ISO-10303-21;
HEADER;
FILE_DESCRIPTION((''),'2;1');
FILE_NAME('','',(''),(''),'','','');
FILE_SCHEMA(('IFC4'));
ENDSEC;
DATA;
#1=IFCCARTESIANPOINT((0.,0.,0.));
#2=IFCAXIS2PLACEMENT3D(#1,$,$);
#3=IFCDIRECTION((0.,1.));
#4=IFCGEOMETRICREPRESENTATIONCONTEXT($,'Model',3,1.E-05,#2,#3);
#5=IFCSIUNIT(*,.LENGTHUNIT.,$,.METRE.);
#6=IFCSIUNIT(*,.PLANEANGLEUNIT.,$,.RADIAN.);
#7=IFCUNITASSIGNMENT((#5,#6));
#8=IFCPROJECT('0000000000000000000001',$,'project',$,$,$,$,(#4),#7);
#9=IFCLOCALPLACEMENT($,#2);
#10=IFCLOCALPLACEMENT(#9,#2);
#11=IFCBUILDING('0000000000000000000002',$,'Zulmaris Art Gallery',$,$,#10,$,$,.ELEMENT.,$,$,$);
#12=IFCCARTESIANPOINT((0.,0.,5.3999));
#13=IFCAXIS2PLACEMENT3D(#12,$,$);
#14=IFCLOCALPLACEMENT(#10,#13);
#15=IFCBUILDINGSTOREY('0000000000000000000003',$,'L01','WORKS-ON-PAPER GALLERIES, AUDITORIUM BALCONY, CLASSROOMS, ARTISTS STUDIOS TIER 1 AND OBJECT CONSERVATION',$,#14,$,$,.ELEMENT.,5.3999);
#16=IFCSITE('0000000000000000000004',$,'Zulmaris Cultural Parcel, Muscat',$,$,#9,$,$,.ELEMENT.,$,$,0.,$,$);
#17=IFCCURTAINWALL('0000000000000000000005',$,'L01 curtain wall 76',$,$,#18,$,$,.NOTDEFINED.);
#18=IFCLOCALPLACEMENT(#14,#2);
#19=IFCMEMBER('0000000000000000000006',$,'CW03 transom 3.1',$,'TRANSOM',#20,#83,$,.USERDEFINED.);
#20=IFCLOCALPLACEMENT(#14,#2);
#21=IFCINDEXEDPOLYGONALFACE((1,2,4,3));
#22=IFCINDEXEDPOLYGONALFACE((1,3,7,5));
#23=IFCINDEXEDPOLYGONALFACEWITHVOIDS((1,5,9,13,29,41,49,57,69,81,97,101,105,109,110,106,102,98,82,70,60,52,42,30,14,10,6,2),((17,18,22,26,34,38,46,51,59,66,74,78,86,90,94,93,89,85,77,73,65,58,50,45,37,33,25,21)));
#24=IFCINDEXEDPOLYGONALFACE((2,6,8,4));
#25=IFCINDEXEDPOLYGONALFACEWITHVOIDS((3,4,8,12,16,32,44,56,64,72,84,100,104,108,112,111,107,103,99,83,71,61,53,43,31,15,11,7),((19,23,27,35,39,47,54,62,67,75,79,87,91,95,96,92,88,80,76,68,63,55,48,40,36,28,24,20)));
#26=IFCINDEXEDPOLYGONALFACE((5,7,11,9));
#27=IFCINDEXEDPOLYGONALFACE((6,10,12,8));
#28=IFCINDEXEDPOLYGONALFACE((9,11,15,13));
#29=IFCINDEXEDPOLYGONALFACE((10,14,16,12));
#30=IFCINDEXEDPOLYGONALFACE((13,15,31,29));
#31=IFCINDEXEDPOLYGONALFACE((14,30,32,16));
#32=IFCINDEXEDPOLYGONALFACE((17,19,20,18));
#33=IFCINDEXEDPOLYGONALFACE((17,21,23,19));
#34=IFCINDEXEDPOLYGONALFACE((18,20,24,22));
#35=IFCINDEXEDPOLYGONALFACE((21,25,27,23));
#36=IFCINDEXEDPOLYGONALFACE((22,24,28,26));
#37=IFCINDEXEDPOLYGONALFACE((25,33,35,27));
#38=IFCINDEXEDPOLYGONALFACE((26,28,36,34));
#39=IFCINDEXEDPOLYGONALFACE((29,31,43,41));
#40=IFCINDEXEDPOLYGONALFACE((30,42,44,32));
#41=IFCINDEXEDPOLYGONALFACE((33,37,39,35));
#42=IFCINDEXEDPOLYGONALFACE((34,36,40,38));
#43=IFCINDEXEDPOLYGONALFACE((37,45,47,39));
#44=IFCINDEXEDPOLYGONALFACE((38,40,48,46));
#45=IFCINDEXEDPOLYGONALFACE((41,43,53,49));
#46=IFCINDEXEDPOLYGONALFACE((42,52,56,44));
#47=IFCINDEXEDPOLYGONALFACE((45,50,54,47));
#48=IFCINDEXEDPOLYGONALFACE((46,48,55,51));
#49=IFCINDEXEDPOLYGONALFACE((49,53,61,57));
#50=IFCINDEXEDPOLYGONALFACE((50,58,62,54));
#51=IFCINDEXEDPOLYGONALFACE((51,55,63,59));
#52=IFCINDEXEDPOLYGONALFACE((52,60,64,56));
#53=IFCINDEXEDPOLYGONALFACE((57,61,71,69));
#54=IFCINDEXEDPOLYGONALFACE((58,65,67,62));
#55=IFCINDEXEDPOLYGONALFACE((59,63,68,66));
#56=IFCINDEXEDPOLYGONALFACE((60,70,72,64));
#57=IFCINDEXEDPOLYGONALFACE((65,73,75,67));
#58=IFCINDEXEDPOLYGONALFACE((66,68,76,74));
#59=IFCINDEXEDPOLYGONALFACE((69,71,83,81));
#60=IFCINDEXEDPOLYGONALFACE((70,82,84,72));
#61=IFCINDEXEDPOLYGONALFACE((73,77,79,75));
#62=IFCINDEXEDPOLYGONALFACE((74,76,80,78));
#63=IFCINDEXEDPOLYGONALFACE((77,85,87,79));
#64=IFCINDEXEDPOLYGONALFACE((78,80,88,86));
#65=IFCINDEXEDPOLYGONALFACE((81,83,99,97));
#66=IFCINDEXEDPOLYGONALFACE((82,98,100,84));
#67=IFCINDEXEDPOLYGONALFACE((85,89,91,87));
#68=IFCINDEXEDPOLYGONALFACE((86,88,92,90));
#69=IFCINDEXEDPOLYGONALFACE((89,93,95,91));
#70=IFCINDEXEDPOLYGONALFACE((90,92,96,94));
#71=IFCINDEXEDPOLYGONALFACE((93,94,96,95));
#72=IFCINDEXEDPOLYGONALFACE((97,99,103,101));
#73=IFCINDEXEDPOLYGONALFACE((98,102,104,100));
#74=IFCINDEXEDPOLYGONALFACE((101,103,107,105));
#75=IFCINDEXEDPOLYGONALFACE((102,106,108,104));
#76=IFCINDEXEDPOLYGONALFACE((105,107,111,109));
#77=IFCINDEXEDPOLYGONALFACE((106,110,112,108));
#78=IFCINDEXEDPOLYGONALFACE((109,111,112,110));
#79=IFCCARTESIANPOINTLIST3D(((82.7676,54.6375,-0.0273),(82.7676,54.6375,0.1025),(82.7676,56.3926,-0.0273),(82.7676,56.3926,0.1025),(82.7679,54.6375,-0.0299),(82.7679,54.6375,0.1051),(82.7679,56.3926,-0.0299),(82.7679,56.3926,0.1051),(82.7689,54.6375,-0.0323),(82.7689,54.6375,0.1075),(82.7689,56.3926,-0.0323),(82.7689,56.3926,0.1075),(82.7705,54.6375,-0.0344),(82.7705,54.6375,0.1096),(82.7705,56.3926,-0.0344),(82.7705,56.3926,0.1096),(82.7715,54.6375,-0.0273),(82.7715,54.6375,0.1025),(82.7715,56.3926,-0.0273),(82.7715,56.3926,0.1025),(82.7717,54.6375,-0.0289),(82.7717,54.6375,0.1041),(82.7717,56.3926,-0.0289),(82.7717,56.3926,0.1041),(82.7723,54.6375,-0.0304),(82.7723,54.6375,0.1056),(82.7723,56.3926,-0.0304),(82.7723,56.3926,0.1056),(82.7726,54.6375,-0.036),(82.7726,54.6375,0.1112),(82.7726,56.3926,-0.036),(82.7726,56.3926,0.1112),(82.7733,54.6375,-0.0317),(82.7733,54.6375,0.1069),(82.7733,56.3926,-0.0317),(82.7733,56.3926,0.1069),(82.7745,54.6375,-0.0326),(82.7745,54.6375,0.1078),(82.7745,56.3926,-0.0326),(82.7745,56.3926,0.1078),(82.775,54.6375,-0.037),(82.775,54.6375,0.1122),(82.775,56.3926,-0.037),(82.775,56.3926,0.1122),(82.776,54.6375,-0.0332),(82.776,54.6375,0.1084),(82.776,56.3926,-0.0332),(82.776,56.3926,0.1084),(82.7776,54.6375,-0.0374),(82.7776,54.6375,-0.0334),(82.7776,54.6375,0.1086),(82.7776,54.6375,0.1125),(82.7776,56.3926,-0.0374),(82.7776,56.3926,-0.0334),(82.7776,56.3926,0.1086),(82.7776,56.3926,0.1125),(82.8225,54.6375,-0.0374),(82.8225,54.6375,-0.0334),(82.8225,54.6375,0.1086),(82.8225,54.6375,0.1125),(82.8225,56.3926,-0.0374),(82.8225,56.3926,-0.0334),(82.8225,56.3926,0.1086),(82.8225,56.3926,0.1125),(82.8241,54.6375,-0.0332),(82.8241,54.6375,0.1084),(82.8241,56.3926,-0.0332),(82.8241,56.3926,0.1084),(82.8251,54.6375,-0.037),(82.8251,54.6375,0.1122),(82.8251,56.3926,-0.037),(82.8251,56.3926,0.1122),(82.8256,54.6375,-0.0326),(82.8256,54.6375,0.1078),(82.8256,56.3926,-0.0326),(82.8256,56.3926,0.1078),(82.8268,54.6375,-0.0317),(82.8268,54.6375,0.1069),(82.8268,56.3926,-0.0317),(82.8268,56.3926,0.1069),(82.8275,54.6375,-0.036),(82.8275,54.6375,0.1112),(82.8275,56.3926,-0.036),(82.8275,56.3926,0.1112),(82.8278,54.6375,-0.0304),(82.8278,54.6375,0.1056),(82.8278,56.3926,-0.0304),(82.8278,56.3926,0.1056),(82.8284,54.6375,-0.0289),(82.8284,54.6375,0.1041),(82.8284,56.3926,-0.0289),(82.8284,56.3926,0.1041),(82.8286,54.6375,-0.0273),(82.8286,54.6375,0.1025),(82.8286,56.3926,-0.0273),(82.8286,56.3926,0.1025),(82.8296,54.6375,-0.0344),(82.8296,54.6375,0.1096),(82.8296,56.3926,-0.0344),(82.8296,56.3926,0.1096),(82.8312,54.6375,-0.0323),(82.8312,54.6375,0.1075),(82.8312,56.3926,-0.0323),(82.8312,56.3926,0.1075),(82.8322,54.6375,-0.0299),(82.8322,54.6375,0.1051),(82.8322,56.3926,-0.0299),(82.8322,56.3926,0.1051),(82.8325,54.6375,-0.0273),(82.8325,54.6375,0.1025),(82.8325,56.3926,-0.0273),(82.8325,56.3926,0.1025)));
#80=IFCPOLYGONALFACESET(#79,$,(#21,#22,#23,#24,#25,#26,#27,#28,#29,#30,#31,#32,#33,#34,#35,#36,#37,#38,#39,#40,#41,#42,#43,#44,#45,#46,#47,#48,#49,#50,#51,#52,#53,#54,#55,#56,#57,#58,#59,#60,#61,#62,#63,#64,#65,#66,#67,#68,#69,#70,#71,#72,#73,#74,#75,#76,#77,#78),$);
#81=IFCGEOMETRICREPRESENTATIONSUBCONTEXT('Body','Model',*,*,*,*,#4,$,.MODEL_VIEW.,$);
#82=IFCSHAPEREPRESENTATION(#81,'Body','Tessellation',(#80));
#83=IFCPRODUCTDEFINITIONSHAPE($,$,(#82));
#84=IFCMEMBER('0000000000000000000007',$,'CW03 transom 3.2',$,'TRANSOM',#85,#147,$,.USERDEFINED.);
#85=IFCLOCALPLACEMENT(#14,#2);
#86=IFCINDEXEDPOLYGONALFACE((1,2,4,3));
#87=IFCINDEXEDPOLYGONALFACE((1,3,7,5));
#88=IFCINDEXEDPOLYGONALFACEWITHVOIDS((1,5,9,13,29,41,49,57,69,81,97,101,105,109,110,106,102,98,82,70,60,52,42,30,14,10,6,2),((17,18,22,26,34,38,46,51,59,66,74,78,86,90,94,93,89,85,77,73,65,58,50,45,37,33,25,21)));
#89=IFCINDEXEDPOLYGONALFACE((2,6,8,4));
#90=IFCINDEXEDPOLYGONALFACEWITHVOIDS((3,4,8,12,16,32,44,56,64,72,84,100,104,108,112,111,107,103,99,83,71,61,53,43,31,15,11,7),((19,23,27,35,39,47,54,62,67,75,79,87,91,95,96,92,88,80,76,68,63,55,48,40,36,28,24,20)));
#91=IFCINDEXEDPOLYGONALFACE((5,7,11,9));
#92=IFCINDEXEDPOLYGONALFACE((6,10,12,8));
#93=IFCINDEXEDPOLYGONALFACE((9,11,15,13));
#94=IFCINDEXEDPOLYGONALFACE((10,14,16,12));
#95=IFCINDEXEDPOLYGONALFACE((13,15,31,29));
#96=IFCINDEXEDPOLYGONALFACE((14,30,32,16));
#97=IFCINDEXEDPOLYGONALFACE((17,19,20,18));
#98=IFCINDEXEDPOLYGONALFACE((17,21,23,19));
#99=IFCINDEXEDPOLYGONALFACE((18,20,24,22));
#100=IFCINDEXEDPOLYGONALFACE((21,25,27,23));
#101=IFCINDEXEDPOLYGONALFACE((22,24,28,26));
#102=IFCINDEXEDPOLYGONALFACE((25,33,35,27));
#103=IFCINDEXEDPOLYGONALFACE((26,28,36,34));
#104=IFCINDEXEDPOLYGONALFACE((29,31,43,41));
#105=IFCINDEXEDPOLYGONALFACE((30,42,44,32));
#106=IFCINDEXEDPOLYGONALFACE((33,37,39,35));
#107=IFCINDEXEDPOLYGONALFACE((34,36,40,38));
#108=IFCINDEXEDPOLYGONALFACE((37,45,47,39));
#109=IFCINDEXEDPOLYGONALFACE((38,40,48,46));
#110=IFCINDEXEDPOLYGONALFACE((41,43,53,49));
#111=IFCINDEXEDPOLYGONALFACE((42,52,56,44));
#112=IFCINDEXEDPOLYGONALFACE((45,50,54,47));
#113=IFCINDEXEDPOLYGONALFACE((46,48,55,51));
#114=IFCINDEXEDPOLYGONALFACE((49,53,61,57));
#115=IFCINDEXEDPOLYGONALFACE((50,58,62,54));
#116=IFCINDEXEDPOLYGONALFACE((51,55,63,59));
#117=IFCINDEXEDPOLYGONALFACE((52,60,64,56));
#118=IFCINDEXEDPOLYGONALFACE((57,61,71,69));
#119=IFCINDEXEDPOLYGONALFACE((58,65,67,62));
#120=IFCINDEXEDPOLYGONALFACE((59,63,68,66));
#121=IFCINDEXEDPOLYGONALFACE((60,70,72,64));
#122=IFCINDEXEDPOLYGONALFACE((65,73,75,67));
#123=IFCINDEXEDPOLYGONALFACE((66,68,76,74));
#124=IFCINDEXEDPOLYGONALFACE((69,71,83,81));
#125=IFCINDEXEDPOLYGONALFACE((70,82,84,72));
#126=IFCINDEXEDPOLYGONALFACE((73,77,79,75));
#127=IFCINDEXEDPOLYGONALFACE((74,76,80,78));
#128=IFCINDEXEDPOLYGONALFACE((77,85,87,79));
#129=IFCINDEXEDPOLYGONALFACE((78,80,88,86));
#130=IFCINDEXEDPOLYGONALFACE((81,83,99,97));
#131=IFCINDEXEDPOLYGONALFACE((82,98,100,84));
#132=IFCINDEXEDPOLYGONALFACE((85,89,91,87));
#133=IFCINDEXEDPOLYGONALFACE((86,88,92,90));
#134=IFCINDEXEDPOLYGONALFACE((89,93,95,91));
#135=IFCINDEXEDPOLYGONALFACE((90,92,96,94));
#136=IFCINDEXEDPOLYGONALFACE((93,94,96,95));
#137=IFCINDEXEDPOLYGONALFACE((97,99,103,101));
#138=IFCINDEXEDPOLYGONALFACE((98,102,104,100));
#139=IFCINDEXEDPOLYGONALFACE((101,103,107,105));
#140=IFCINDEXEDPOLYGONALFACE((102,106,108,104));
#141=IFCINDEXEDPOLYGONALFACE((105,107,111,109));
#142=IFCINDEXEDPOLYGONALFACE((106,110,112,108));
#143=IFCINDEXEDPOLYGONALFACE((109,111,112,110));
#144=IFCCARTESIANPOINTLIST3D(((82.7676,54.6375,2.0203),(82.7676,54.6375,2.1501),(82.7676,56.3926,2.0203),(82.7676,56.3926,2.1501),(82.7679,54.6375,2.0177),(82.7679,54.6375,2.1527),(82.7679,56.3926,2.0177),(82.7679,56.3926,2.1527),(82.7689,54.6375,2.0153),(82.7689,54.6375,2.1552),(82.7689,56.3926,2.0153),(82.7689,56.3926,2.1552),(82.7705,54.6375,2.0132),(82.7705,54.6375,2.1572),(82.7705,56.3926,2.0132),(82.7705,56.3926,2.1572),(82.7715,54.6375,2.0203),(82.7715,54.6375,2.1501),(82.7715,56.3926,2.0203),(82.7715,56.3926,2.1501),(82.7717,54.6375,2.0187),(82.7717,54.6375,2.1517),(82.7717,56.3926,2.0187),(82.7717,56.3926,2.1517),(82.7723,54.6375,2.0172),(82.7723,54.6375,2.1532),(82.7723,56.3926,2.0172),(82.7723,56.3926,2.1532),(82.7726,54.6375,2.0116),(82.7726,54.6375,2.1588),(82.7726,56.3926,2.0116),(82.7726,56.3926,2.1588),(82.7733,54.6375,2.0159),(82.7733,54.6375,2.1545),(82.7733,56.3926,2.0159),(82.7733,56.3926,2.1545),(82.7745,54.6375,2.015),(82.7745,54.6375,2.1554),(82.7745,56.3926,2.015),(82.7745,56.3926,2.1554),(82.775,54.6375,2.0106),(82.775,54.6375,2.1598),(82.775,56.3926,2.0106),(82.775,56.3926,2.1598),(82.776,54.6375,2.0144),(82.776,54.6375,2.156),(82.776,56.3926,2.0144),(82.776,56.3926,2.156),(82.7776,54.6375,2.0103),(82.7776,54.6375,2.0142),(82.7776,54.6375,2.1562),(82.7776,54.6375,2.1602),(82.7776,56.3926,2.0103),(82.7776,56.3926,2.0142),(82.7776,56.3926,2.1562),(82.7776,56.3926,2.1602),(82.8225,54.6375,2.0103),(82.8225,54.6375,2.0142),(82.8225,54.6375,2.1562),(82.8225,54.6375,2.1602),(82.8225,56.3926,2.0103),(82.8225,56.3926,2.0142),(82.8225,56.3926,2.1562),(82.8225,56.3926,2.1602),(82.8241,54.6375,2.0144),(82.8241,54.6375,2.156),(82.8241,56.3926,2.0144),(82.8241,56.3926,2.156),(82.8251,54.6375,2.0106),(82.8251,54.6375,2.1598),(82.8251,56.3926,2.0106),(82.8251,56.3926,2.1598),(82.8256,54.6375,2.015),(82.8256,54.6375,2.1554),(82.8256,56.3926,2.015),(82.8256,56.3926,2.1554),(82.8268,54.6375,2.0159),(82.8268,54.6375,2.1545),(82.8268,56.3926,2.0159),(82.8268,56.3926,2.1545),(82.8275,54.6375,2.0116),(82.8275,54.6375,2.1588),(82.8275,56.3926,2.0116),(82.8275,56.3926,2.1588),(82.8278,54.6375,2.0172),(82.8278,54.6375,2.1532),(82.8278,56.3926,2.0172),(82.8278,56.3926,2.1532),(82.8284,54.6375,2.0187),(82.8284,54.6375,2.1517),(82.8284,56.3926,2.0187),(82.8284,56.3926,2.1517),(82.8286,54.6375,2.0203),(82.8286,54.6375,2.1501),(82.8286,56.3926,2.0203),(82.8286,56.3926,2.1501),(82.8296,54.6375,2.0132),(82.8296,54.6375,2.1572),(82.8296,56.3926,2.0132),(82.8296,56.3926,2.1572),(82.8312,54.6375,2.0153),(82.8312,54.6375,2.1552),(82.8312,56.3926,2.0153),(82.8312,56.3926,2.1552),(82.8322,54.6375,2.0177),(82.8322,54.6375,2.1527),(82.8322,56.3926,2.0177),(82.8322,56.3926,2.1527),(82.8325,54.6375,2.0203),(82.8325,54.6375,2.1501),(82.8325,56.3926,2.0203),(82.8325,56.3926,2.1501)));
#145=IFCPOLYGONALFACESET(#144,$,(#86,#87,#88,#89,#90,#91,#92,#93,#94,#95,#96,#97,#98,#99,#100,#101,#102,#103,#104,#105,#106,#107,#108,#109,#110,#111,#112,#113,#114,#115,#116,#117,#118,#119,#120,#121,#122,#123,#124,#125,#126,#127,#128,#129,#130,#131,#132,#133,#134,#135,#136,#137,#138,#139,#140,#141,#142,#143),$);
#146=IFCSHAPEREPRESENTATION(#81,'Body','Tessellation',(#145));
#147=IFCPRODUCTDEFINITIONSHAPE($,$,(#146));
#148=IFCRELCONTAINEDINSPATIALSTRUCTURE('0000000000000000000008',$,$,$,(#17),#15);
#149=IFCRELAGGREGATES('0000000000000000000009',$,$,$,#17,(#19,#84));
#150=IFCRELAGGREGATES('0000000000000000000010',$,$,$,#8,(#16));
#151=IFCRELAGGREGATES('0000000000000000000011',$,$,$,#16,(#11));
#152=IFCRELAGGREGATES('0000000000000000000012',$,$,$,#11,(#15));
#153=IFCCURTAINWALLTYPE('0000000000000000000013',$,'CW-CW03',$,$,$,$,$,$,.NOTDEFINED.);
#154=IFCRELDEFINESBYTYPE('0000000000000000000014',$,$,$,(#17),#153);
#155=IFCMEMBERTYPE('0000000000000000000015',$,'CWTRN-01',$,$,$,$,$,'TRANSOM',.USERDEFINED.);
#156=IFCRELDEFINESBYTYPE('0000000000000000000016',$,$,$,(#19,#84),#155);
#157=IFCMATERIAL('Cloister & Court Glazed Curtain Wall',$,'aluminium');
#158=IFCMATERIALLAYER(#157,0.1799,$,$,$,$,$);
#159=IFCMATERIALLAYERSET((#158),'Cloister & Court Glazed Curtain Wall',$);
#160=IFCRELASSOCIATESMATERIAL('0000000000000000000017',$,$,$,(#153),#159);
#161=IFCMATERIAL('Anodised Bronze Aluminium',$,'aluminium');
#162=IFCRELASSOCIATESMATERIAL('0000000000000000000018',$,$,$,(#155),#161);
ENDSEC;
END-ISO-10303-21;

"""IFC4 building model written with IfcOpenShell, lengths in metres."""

from ifc_helpers import new_model, si_unit, direction, frame, origin, origin_2d, place, context, subcontext, project, spatial, hollow_rectangle, extrude, material, layer, layer_set, material_profile, profile_set, type_object, element, aggregate, save


model = new_model("IFC4")

# Units and contexts
model_context = context("Model", 3, precision=1e-05, world=origin(), true_north=direction((0.0, 1.0)))
body_context = subcontext(model_context, "Body", "Model", "MODEL_VIEW")
ifc_project = project(units=[si_unit("LENGTHUNIT", "METRE"), si_unit("PLANEANGLEUNIT", "RADIAN")], contexts=[model_context])

# Site, building, storey
site_placement = place(None, origin())
site = spatial("IfcSite", under=ifc_project, at=site_placement, Name="Zulmaris Cultural Parcel, Muscat", CompositionType="ELEMENT", RefElevation=0.0)
building_placement = place(site_placement, origin())
building = spatial("IfcBuilding", under=site, at=building_placement, Name="Zulmaris Art Gallery", CompositionType="ELEMENT")
storey_placement = place(building_placement, frame((0.0, 0.0, 5.3999)))
storey = spatial("IfcBuildingStorey", under=building, at=storey_placement, Name="L01", Description="WORKS-ON-PAPER GALLERIES, AUDITORIUM BALCONY, CLASSROOMS, ARTISTS STUDIOS TIER 1 AND OBJECT CONSERVATION", CompositionType="ELEMENT", Elevation=5.3999)

# Curtain wall
ifc_material_1 = material(Name="Cloister & Court Glazed Curtain Wall", Category="aluminium")
ifc_layer_1 = layer(ifc_material_1, 0.1799)
ifc_layer_set_1 = layer_set([ifc_layer_1], Name="Cloister & Court Glazed Curtain Wall")
curtain_wall_type = type_object("IfcCurtainWallType", Name="CW-CW03", PredefinedType="NOTDEFINED", material=ifc_layer_set_1)
curtain_wall_1_placement = place(storey_placement, origin())
curtain_wall_1 = element("IfcCurtainWall", 1, at=curtain_wall_1_placement, inside=storey, type_object=curtain_wall_type, Name="L01 curtain wall 76", PredefinedType="NOTDEFINED")
ifc_material_2 = material(Name="Anodised Bronze Aluminium", Category="aluminium")

# Members
ifc_material_profile_1 = material_profile(ifc_material_2, hollow_rectangle(XDim=0.0649, YDim=0.1499, WallThickness=0.0039, InnerFilletRadius=0.0061, OuterFilletRadius=0.01, at=origin_2d()), Name="ALU 65x150x4")
ifc_profile_set_1 = profile_set([ifc_material_profile_1], Name="Anodised Bronze Aluminium")
member_type_1 = type_object("IfcMemberType", Name="CWTRN-01", ElementType="TRANSOM", PredefinedType="USERDEFINED", material=ifc_profile_set_1)
member_1_placement = place(storey_placement, frame((82.8, 54.6375, 0.0376), z_axis=(0.0, 1.0, 0.0), x_axis=(-1.0, 0.0, 0.0)))
member_1 = element("IfcMember", 2, at=member_1_placement, type_object=member_type_1, Name="CW03 transom 3.1", ObjectType="TRANSOM", PredefinedType="USERDEFINED", context=body_context, shape_type="SweptSolid", body=[
    extrude(hollow_rectangle(XDim=0.0649, YDim=0.1499, WallThickness=0.0039, InnerFilletRadius=0.0061, OuterFilletRadius=0.01, at=origin_2d()), origin(), (0.0, 0.0, 1.0), 1.7551),
])
member_2_placement = place(storey_placement, frame((82.8, 54.6375, 2.0852), z_axis=(0.0, 1.0, 0.0), x_axis=(-1.0, 0.0, 0.0)))
member_2 = element("IfcMember", 3, at=member_2_placement, type_object=member_type_1, Name="CW03 transom 3.2", ObjectType="TRANSOM", PredefinedType="USERDEFINED", context=body_context, shape_type="SweptSolid", body=[
    extrude(hollow_rectangle(XDim=0.0649, YDim=0.1499, WallThickness=0.0039, InnerFilletRadius=0.0061, OuterFilletRadius=0.01, at=origin_2d()), origin(), (0.0, 0.0, 1.0), 1.7551),
])

aggregate(curtain_wall_1, [member_1, member_2])

save(model, "model.ifc")
